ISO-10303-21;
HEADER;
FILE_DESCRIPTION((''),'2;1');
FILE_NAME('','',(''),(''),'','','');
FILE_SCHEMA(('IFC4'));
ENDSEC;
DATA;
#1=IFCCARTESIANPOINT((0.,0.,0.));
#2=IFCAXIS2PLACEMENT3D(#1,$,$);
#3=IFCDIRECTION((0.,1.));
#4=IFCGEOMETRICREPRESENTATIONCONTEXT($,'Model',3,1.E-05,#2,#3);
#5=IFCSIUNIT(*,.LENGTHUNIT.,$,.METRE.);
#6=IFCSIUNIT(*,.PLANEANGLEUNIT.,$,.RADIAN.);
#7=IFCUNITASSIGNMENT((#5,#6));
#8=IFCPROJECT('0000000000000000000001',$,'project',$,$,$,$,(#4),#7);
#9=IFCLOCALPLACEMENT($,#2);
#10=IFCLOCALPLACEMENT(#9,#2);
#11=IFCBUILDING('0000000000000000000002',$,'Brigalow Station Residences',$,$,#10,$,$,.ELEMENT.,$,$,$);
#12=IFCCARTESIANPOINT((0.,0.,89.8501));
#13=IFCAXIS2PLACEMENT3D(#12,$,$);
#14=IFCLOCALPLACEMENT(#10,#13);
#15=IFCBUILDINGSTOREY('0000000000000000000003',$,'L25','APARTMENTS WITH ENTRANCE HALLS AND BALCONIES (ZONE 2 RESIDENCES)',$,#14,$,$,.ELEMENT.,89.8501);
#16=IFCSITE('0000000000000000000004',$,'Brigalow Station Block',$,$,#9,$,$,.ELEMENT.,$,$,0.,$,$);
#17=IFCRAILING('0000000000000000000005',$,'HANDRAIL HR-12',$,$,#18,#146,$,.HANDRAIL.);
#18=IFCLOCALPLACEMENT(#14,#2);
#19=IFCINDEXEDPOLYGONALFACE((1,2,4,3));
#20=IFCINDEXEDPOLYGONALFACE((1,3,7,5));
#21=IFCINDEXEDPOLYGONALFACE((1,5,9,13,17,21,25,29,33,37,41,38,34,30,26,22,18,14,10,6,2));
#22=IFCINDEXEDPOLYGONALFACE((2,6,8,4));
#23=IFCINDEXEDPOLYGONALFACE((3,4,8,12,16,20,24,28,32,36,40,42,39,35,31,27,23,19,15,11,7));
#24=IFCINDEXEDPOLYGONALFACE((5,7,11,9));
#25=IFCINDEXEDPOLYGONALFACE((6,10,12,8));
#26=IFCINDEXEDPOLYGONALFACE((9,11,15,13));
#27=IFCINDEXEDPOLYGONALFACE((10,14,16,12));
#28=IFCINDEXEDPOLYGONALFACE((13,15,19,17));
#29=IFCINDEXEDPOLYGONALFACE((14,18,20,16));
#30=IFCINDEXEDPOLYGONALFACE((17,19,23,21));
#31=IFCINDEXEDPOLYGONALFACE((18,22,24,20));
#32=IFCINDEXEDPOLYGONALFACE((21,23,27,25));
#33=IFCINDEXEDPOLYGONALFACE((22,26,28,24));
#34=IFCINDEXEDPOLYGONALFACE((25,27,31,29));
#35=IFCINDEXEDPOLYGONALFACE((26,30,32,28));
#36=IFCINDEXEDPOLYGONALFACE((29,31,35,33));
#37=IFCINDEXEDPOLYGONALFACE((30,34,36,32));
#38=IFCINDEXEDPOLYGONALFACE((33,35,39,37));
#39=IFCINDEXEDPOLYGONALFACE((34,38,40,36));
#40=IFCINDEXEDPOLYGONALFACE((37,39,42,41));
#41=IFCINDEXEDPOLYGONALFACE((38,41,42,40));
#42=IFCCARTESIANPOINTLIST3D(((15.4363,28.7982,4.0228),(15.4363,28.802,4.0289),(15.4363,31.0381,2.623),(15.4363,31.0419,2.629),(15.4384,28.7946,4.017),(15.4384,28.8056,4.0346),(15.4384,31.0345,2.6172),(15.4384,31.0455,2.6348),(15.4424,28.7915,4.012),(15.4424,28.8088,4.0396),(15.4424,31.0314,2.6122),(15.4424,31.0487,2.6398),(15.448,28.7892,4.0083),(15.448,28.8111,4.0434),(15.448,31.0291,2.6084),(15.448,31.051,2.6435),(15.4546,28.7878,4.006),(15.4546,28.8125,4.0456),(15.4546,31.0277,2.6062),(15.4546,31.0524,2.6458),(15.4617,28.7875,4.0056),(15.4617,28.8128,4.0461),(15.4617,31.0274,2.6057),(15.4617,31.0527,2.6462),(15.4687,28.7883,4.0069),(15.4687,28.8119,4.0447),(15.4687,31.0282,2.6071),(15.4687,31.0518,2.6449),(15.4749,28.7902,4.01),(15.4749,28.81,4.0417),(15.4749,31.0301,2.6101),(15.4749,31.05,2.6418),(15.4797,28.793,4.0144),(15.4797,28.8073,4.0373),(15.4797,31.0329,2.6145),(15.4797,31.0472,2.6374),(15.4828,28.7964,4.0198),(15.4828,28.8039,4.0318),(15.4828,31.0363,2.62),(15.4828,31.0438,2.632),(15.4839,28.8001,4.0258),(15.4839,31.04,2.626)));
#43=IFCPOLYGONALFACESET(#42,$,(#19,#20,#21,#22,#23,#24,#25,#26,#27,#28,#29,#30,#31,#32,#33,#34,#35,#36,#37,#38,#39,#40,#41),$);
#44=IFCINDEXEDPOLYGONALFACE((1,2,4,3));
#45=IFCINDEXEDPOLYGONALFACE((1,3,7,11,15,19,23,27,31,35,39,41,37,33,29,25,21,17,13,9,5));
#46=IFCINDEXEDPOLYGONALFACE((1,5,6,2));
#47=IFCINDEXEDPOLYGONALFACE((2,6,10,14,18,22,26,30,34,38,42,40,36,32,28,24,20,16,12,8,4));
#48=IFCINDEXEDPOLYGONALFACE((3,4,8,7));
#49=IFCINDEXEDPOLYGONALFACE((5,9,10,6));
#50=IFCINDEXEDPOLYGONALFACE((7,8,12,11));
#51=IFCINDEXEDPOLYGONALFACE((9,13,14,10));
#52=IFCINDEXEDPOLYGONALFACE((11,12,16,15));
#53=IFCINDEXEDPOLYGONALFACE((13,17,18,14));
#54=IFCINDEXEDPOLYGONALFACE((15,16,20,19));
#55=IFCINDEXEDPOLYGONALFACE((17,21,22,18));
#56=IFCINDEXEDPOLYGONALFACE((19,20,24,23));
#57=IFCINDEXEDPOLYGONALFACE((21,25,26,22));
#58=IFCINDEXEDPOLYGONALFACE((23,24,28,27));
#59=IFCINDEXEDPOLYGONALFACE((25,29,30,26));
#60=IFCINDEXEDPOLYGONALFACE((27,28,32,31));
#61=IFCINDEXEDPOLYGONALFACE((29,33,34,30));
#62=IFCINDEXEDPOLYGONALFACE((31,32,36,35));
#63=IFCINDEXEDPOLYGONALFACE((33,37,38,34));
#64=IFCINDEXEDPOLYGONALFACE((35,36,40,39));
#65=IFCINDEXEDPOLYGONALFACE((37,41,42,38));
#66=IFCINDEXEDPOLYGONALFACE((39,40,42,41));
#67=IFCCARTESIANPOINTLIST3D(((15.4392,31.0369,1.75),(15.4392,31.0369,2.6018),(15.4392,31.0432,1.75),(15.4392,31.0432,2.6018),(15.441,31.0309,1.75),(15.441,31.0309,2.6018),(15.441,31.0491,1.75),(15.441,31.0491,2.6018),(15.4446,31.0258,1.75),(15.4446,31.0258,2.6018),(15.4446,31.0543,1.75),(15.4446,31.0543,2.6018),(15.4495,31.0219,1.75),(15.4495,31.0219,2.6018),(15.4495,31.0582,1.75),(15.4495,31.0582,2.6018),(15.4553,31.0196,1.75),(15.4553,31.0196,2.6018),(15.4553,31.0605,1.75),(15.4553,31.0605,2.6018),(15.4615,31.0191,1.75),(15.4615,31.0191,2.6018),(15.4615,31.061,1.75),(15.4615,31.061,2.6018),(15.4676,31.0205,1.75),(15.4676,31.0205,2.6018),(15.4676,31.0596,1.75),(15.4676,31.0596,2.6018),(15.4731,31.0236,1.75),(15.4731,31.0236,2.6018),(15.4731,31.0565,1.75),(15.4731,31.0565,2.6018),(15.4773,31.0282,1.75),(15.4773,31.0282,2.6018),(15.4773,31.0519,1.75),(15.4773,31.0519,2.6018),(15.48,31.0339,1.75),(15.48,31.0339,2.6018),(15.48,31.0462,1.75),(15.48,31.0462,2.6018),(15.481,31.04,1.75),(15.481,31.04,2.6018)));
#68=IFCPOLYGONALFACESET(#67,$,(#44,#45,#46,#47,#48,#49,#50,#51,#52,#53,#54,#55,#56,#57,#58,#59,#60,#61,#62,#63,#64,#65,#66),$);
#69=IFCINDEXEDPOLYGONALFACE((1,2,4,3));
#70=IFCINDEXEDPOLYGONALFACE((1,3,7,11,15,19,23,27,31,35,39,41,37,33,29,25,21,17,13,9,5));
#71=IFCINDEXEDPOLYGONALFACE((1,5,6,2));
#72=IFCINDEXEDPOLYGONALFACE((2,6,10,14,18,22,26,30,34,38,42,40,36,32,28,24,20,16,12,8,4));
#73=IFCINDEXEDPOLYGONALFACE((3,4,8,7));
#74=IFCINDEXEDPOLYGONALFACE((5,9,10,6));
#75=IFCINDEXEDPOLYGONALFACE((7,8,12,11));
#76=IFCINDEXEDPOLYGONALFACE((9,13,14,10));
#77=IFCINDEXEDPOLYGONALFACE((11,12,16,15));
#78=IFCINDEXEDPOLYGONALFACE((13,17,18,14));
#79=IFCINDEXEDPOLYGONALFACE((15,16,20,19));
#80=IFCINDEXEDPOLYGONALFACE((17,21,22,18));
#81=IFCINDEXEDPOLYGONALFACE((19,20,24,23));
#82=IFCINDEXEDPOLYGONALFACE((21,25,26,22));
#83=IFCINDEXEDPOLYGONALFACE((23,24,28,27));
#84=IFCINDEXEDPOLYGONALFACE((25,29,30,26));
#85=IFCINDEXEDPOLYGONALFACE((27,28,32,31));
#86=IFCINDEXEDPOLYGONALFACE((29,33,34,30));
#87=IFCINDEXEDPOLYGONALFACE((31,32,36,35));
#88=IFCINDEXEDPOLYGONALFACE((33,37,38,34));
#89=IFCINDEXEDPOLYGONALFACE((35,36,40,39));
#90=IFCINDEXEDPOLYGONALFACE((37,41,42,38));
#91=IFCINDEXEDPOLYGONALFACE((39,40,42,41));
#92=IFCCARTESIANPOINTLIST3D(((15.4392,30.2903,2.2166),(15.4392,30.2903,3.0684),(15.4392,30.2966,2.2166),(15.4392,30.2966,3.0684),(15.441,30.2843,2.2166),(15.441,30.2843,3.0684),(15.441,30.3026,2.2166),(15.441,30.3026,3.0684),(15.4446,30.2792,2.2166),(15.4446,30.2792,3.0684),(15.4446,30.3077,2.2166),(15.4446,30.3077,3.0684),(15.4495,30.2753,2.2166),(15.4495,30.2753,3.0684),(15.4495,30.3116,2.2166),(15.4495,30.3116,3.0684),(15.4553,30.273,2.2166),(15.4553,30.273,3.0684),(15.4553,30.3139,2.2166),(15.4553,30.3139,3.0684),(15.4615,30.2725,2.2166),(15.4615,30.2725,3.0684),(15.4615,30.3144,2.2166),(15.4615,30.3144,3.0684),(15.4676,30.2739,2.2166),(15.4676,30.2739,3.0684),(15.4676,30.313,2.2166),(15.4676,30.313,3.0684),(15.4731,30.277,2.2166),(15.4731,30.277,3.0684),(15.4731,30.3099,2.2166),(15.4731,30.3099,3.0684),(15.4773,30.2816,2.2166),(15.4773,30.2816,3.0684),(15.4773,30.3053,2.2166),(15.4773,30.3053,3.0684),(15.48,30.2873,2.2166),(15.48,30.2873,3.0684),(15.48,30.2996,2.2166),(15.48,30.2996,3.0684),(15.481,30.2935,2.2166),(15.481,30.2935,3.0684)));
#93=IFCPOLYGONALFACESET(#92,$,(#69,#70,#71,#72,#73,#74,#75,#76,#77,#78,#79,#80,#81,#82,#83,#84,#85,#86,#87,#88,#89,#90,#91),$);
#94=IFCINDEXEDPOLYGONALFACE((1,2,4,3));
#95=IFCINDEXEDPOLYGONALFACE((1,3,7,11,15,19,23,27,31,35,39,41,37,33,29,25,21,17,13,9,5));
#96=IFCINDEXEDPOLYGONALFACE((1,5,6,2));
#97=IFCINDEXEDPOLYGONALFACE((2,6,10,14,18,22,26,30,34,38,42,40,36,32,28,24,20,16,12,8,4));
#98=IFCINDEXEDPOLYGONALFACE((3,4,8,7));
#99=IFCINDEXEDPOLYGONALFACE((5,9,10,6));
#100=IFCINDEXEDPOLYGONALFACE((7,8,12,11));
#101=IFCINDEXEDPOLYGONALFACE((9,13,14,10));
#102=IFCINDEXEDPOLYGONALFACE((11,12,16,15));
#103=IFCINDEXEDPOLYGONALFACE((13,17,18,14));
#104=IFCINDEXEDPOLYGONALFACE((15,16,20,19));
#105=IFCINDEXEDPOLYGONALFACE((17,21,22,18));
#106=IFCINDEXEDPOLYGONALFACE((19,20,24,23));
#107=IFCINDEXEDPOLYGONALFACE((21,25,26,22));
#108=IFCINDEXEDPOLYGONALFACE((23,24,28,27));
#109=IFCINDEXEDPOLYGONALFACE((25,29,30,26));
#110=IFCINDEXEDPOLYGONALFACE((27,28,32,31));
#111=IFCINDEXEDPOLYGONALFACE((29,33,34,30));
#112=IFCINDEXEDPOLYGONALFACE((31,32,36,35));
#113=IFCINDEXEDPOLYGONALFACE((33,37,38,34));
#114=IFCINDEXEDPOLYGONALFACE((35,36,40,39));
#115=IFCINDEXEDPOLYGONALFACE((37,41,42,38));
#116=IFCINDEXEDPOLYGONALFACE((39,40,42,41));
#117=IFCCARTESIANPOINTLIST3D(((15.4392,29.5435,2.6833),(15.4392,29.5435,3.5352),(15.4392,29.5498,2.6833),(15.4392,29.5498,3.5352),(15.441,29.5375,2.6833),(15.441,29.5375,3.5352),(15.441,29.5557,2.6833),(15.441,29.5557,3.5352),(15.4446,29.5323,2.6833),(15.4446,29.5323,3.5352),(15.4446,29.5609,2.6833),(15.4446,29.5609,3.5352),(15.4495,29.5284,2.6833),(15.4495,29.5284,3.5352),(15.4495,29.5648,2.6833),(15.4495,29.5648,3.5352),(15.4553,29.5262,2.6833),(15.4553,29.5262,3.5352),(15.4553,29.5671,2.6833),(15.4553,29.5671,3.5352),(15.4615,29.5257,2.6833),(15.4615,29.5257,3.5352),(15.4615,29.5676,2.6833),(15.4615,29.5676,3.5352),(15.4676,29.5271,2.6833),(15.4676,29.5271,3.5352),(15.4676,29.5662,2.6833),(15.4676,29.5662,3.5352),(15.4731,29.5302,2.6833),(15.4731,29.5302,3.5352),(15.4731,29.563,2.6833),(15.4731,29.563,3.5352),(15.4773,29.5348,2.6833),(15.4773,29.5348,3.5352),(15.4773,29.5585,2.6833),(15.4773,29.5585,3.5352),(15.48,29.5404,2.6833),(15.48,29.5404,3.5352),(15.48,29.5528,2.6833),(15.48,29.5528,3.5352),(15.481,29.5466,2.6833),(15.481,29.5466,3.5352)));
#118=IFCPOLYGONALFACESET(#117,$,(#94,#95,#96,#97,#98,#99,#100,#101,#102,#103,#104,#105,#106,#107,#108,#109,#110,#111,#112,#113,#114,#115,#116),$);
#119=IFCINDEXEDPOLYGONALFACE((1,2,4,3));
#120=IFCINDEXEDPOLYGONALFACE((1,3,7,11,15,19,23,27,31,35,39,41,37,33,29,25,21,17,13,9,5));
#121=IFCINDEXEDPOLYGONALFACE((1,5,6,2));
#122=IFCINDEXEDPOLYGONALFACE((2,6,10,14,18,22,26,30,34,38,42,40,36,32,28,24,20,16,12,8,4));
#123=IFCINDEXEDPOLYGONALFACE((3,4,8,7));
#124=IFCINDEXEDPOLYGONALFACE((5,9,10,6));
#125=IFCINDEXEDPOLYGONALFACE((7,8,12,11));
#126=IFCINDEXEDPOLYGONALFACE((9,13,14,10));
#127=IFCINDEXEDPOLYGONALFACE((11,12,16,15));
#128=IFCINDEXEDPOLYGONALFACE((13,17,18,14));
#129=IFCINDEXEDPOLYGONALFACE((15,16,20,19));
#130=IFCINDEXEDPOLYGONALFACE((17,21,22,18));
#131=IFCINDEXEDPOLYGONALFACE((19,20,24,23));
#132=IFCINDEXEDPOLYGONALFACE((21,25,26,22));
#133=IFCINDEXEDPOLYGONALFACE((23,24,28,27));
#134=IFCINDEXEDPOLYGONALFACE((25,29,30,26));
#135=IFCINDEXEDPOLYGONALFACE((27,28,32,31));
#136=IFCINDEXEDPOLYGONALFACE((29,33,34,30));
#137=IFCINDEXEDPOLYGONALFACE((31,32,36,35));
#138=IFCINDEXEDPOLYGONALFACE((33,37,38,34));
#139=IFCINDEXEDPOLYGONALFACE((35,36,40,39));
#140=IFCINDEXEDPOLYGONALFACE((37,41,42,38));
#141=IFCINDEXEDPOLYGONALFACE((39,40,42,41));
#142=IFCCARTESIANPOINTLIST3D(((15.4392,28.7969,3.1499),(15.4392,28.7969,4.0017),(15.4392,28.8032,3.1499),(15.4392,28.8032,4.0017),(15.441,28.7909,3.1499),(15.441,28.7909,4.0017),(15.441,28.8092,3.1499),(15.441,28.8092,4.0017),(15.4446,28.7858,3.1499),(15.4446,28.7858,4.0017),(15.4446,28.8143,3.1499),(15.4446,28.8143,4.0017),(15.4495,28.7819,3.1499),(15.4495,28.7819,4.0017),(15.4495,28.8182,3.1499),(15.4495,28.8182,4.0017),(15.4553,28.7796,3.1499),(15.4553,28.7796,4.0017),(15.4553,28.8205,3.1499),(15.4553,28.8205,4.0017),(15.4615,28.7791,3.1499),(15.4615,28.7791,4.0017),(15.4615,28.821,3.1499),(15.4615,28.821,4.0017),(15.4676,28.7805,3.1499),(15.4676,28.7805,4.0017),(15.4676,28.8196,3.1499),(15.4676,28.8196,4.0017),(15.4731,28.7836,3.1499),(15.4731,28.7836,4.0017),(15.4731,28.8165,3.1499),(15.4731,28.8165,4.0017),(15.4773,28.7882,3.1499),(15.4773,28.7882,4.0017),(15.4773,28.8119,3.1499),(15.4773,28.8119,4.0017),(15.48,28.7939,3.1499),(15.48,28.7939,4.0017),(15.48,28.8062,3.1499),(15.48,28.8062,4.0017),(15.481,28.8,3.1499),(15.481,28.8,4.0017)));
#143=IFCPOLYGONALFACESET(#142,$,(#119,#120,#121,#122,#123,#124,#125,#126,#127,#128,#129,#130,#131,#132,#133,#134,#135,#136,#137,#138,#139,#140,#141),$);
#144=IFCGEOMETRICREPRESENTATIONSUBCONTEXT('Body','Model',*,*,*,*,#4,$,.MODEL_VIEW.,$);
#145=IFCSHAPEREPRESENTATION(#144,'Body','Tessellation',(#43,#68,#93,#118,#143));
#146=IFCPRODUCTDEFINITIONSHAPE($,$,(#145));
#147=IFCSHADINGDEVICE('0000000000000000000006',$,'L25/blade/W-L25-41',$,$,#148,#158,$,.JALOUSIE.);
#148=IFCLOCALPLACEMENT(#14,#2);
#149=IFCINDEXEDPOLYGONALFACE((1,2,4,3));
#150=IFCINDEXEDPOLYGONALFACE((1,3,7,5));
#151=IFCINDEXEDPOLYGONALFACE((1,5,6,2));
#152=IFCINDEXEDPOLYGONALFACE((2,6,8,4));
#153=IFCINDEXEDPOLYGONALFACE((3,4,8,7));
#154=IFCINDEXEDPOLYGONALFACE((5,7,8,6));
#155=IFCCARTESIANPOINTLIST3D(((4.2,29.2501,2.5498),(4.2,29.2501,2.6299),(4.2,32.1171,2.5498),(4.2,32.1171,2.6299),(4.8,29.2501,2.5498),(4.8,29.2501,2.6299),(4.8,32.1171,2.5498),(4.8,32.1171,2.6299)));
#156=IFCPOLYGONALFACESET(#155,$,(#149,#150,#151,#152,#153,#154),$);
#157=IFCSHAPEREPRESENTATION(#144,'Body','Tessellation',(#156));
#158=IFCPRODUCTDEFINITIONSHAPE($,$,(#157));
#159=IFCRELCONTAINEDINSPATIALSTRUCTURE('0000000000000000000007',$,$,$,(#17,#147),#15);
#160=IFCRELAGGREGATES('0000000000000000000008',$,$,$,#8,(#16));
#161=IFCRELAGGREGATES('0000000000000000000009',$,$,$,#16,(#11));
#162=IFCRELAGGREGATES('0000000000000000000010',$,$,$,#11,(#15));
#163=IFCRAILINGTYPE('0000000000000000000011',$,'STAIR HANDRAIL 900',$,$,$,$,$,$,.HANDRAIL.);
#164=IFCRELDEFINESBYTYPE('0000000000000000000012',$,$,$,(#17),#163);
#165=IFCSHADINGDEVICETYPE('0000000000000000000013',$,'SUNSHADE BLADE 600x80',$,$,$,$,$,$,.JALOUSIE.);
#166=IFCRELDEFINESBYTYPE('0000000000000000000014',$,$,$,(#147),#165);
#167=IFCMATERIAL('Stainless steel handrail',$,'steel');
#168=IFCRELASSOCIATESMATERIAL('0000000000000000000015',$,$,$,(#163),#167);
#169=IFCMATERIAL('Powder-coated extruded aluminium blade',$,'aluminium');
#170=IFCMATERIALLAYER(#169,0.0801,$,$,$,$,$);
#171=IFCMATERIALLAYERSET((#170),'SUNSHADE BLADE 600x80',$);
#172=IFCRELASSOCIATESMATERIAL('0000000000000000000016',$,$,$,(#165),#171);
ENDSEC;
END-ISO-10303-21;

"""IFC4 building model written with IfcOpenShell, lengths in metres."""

from ifc_helpers import new_model, si_unit, direction, frame, origin, origin_2d, place, context, subcontext, project, spatial, rectangle, circle, extrude, material, layer, layer_set, type_object, element, save


model = new_model("IFC4")

# Units and contexts
model_context = context("Model", 3, precision=1e-05, world=origin(), true_north=direction((0.0, 1.0)))
body_context = subcontext(model_context, "Body", "Model", "MODEL_VIEW")
ifc_project = project(units=[si_unit("LENGTHUNIT", "METRE"), si_unit("PLANEANGLEUNIT", "RADIAN")], contexts=[model_context])

# Site, building, storey
site_placement = place(None, origin())
site = spatial("IfcSite", under=ifc_project, at=site_placement, Name="Brigalow Station Block", CompositionType="ELEMENT", RefElevation=0.0)
building_placement = place(site_placement, origin())
building = spatial("IfcBuilding", under=site, at=building_placement, Name="Brigalow Station Residences", CompositionType="ELEMENT")
storey_placement = place(building_placement, frame((0.0, 0.0, 89.8501)))
storey = spatial("IfcBuildingStorey", under=building, at=storey_placement, Name="L25", Description="APARTMENTS WITH ENTRANCE HALLS AND BALCONIES (ZONE 2 RESIDENCES)", CompositionType="ELEMENT", Elevation=89.8501)

# Railing
ifc_material_1 = material(Name="Stainless steel handrail", Category="steel")
railing_type_1 = type_object("IfcRailingType", Name="STAIR HANDRAIL 900", PredefinedType="HANDRAIL", material=ifc_material_1)
railing_1_placement = place(storey_placement, frame((15.46, 31.04, 1.75)))
element("IfcRailing", 1, at=railing_1_placement, inside=storey, type_object=railing_type_1, Name="HANDRAIL HR-12", PredefinedType="HANDRAIL", context=body_context, shape_type="SweptSolid", body=[
    extrude(circle(Radius=0.0239, at=origin_2d()), frame((0.0, 0.0, 0.876), z_axis=(0.0, -0.848014, 0.529974), x_axis=(1.0, 0.0, 0.0)), (0.0, 0.0, 1.0), 2.6414),
    extrude(circle(Radius=0.021, at=origin_2d()), origin(), (0.0, 0.0, 1.0), 0.8518),
    extrude(circle(Radius=0.021, at=origin_2d()), frame((0.0, -0.7466, 0.4666)), (0.0, 0.0, 1.0), 0.8518),
    extrude(circle(Radius=0.021, at=origin_2d()), frame((0.0, -1.4934, 0.9333)), (0.0, 0.0, 1.0), 0.8518),
    extrude(circle(Radius=0.021, at=origin_2d()), frame((0.0, -2.24, 1.3999)), (0.0, 0.0, 1.0), 0.8518),
])

# Shading device
ifc_material_2 = material(Name="Powder-coated extruded aluminium blade", Category="aluminium")
ifc_layer_1 = layer(ifc_material_2, 0.0801)
ifc_layer_set_1 = layer_set([ifc_layer_1], Name="SUNSHADE BLADE 600x80")
shading_device_type = type_object("IfcShadingDeviceType", Name="SUNSHADE BLADE 600x80", PredefinedType="JALOUSIE", material=ifc_layer_set_1)
shading_device_placement = place(storey_placement, frame((4.5, 30.6836, 2.5498), z_axis=(0.0, 0.0, 1.0), x_axis=(0.0, -1.0, 0.0)))
element("IfcShadingDevice", 2, at=shading_device_placement, inside=storey, type_object=shading_device_type, Name="L25/blade/W-L25-41", PredefinedType="JALOUSIE", context=body_context, shape_type="SweptSolid", body=[
    extrude(rectangle(XDim=2.8669, YDim=0.6001, at=origin_2d()), origin(), (0.0, 0.0, 1.0), 0.0801),
])

save(model, "model.ifc")
